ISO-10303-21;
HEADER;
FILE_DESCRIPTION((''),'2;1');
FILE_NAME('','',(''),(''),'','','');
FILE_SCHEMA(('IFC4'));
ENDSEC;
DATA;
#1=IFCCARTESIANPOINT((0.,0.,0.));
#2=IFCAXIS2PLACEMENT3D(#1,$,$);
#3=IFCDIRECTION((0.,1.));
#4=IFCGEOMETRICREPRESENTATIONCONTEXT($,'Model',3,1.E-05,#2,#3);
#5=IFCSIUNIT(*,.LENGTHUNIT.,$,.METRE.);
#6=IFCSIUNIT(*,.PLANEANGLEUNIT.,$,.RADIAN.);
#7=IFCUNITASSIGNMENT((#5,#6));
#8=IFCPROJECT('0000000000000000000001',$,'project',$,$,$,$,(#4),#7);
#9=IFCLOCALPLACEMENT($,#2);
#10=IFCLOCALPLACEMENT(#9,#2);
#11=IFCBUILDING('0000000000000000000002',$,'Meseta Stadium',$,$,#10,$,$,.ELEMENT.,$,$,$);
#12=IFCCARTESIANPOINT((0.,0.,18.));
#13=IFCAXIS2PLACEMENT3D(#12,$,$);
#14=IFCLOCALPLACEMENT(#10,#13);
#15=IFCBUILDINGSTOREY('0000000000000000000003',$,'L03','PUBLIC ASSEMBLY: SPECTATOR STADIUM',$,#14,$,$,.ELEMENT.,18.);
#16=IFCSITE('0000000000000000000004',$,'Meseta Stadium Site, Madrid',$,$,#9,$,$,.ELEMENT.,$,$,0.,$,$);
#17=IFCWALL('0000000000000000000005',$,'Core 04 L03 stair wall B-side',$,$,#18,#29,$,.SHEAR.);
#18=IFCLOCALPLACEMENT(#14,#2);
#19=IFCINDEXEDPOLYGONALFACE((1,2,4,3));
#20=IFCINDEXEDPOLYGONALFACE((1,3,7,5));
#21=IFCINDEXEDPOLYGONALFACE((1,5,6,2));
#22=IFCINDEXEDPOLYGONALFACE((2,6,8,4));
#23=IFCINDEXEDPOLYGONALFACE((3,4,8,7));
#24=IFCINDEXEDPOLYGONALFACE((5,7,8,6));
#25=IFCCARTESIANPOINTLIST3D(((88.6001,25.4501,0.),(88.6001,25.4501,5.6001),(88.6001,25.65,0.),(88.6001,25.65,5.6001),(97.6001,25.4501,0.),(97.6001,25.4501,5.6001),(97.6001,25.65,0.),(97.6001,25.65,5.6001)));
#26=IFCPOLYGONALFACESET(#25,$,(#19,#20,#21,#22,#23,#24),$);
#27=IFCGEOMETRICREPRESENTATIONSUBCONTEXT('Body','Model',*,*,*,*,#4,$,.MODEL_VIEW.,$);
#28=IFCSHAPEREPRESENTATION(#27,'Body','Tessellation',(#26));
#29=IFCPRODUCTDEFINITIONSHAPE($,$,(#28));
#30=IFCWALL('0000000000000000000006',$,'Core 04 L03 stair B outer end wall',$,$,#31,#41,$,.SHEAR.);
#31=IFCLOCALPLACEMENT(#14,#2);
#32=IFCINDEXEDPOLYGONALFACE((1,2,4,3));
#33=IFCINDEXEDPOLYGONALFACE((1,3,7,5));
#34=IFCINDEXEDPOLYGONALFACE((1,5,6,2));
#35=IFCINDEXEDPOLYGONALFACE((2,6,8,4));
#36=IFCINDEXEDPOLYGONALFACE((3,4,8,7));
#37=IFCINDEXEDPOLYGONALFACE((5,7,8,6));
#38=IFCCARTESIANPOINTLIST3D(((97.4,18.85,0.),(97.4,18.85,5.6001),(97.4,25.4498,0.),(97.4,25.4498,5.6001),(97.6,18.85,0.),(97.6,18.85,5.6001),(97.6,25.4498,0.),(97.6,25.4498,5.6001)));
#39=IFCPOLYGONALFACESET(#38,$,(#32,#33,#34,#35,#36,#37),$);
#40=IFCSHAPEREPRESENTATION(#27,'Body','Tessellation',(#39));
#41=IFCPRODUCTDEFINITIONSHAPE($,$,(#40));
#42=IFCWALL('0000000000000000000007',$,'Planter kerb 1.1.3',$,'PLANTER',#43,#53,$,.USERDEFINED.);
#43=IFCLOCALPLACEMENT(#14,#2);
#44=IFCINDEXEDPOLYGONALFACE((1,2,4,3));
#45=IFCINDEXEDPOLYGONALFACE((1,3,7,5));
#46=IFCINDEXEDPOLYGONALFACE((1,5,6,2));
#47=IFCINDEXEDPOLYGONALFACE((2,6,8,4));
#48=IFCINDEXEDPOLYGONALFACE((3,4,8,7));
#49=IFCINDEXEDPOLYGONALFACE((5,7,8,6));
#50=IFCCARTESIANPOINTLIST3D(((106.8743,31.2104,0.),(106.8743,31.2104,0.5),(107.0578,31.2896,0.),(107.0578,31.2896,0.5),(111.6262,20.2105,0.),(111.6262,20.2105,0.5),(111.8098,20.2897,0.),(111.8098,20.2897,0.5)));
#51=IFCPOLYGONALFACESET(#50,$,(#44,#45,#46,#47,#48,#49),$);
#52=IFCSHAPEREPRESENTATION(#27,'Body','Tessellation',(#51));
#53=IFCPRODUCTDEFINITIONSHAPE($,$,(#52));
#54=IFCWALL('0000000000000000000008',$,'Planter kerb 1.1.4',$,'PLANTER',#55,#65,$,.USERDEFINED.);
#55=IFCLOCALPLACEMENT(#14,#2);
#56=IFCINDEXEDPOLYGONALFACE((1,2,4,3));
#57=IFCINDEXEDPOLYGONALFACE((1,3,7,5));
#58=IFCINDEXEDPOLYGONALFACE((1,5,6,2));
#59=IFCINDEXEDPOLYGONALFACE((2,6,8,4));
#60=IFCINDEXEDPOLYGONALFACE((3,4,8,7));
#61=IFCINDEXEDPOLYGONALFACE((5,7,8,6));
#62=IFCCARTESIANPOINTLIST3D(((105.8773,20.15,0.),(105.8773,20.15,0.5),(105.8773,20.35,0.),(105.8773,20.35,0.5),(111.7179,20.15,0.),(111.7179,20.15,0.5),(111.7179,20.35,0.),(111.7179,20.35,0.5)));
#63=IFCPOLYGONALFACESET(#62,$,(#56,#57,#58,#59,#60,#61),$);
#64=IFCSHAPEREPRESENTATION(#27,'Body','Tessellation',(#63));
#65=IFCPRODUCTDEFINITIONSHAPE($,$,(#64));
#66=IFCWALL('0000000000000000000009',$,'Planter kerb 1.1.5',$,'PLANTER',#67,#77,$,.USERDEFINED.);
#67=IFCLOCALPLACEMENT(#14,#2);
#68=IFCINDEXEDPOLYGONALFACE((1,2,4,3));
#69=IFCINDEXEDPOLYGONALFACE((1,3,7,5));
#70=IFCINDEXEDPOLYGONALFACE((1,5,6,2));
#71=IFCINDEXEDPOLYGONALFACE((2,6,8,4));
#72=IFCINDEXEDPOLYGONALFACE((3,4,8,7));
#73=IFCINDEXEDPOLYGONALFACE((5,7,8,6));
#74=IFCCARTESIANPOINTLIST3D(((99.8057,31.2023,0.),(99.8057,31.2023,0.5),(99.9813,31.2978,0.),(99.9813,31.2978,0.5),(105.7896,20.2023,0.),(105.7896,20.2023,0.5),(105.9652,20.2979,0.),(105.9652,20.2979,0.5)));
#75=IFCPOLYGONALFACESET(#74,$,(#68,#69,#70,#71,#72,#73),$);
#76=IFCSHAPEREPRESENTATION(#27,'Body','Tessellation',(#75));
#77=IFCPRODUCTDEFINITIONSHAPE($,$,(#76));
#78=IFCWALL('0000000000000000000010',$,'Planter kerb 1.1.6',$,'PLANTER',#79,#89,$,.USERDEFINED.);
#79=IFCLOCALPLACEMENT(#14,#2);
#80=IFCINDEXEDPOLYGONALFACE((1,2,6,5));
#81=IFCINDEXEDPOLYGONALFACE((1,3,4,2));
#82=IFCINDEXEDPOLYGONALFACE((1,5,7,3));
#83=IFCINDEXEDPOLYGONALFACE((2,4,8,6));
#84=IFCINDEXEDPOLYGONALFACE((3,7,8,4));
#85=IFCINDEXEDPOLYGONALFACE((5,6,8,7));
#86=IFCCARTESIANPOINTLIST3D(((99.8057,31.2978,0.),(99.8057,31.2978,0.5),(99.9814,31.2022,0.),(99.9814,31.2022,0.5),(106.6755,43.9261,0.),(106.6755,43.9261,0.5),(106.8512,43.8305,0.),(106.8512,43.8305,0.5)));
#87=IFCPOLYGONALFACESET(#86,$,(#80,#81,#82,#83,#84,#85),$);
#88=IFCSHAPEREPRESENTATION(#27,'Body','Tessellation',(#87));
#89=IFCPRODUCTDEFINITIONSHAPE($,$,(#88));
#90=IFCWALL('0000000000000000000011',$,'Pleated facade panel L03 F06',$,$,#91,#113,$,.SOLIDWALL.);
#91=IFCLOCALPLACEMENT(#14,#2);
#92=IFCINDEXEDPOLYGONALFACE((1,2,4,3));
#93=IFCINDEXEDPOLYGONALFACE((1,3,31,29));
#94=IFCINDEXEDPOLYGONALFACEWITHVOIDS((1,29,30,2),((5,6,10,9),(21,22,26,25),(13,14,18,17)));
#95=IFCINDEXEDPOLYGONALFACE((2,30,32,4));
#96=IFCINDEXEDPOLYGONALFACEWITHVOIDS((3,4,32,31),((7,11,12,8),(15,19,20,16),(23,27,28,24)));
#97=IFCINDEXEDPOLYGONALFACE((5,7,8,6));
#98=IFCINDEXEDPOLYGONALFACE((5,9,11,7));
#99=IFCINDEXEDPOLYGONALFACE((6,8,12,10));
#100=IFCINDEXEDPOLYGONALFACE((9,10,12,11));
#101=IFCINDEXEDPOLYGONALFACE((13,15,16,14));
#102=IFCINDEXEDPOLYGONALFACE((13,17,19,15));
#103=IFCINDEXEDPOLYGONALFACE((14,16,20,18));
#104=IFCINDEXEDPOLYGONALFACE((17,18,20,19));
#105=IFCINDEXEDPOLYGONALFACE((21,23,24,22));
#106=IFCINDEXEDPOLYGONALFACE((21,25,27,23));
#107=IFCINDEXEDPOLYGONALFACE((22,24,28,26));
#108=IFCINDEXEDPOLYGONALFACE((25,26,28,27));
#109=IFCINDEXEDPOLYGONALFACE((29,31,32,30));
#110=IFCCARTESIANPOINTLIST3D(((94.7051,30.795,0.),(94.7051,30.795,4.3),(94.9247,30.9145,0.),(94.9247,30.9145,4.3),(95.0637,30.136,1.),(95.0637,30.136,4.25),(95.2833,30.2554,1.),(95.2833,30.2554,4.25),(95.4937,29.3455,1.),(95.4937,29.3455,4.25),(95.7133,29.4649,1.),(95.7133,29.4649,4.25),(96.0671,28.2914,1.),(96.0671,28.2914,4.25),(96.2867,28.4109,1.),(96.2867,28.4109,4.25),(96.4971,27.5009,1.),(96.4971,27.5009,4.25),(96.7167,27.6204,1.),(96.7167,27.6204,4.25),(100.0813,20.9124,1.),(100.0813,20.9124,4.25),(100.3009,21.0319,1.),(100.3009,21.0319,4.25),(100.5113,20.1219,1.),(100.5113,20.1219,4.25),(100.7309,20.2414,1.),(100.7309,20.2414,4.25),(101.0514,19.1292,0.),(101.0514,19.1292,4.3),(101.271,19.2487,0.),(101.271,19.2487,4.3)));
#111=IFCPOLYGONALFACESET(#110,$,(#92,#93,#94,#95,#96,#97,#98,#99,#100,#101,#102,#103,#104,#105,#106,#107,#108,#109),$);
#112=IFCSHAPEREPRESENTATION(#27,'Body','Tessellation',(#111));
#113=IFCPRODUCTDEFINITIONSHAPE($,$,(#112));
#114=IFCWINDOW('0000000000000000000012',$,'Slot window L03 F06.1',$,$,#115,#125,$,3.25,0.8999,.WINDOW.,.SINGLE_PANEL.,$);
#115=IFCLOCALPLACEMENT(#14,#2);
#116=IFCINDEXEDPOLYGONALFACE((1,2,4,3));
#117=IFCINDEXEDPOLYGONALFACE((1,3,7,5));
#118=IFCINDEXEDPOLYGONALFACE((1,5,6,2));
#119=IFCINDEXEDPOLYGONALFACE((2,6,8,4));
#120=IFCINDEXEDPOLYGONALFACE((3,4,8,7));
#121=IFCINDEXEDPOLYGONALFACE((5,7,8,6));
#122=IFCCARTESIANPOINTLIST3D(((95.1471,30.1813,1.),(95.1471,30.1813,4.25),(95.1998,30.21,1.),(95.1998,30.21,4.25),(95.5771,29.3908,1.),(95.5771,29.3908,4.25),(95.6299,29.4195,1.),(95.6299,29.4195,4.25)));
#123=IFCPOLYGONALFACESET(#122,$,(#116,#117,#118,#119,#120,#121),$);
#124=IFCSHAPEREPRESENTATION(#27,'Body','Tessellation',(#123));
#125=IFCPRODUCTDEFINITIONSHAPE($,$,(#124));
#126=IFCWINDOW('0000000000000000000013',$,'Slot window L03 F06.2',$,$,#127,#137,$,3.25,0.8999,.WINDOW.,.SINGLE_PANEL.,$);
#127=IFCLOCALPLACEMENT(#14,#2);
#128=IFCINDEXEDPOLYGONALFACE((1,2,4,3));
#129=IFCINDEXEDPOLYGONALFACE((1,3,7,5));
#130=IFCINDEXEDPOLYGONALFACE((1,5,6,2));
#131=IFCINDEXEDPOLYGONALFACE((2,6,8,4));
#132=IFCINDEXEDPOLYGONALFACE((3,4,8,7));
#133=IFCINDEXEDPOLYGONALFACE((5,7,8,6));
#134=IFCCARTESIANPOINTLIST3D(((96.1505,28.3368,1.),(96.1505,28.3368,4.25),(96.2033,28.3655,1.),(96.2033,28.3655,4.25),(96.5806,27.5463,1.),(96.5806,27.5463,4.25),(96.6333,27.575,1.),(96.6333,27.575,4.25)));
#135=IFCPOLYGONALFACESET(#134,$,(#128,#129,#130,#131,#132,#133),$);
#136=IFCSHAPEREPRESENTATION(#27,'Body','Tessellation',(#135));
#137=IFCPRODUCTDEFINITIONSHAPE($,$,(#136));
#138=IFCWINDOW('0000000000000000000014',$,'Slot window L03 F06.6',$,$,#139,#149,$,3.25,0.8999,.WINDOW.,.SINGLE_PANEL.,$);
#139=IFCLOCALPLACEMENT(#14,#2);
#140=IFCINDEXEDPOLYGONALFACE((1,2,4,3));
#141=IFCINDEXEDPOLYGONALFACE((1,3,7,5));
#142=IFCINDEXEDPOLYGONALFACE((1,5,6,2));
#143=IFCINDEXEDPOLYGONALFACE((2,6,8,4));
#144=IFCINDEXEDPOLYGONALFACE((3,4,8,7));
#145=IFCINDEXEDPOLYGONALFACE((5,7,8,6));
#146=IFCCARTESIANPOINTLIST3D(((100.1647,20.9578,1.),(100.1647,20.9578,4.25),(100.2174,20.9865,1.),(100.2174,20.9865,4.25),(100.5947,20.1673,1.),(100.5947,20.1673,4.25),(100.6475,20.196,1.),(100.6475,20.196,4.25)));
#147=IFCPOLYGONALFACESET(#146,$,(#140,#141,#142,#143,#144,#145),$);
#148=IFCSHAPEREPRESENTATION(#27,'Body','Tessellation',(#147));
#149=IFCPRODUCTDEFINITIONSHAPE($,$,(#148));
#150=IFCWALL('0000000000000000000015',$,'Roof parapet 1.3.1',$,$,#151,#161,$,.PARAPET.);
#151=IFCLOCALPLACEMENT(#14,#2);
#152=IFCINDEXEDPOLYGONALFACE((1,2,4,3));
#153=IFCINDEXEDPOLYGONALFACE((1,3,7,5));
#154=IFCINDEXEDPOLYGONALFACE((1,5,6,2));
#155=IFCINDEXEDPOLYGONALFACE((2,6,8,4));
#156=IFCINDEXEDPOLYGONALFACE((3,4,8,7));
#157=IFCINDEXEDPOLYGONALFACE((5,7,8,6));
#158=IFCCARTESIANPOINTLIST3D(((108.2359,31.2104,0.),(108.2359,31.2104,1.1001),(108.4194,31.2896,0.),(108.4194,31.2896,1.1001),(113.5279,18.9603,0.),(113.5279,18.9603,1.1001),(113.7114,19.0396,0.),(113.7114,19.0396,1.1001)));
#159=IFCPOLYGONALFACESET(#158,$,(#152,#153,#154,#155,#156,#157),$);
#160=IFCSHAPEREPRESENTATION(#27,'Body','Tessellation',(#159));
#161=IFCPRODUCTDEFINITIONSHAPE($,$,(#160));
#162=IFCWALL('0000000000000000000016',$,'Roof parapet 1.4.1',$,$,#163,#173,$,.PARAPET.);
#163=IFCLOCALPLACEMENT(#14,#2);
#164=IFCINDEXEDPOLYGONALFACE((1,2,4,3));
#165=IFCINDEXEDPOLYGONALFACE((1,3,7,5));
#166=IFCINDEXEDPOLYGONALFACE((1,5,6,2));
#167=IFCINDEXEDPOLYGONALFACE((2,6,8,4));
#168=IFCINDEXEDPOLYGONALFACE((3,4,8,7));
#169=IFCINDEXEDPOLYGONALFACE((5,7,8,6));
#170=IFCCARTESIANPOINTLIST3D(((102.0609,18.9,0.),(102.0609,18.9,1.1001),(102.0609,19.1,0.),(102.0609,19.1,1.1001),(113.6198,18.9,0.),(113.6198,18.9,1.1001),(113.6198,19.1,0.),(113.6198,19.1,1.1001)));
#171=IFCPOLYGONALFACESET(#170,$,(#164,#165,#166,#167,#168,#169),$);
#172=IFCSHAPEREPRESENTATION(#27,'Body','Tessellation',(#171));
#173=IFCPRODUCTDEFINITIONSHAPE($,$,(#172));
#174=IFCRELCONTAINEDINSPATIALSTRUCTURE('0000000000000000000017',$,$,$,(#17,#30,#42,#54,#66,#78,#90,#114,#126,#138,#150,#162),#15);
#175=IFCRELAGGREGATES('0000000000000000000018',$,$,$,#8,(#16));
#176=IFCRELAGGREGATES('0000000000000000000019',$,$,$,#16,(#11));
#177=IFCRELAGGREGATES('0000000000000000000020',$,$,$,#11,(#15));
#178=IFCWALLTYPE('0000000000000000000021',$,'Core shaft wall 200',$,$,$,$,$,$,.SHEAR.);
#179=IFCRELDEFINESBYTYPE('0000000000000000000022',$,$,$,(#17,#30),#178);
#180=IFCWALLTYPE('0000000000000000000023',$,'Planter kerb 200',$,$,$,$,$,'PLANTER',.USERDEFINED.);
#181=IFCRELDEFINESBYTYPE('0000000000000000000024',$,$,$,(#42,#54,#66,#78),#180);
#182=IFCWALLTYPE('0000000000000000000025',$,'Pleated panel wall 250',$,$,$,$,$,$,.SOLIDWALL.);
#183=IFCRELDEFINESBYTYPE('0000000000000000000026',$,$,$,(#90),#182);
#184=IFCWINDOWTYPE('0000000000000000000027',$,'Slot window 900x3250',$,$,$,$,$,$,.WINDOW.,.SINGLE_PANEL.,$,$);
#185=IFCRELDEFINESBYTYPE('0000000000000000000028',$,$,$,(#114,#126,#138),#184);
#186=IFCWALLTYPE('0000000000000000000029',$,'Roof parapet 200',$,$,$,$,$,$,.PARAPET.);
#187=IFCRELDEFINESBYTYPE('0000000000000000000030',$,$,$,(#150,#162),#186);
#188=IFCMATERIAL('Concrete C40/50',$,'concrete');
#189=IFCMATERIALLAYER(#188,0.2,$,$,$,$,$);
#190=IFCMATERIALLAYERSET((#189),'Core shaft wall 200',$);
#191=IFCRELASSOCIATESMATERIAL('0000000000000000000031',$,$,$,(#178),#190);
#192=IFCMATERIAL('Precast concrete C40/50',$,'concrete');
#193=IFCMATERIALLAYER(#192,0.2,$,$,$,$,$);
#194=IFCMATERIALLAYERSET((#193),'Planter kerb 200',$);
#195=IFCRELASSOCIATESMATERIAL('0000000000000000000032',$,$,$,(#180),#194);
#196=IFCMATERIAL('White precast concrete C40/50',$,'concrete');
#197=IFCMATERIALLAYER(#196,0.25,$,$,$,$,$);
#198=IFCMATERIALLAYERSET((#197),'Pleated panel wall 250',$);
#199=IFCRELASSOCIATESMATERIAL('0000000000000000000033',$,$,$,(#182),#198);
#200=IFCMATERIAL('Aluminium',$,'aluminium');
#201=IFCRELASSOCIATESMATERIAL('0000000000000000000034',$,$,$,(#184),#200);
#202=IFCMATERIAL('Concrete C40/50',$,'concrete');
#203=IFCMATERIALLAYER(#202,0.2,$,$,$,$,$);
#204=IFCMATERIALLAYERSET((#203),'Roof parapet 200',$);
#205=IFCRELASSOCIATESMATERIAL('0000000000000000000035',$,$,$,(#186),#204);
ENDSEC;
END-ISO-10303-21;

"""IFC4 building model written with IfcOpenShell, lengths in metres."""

from ifc_helpers import new_model, si_unit, direction, frame, frame_2d, origin, place, context, subcontext, project, spatial, rectangle, extrude, material, layer, layer_set, type_object, element, fill, save


model = new_model("IFC4")

# Units and contexts
model_context = context("Model", 3, precision=1e-05, world=origin(), true_north=direction((0.0, 1.0)))
body_context = subcontext(model_context, "Body", "Model", "MODEL_VIEW")
ifc_project = project(units=[si_unit("LENGTHUNIT", "METRE"), si_unit("PLANEANGLEUNIT", "RADIAN")], contexts=[model_context])

# Site, building, storey
site_placement = place(None, origin())
site = spatial("IfcSite", under=ifc_project, at=site_placement, Name="Meseta Stadium Site, Madrid", CompositionType="ELEMENT", RefElevation=0.0)
building_placement = place(site_placement, origin())
building = spatial("IfcBuilding", under=site, at=building_placement, Name="Meseta Stadium", CompositionType="ELEMENT")
storey_placement = place(building_placement, frame((0.0, 0.0, 18.0)))
storey = spatial("IfcBuildingStorey", under=building, at=storey_placement, Name="L03", Description="PUBLIC ASSEMBLY: SPECTATOR STADIUM", CompositionType="ELEMENT", Elevation=18.0)

# Walls
ifc_material_1 = material(Name="Concrete C40/50", Category="concrete")
ifc_layer_1 = layer(ifc_material_1, 0.2)
ifc_layer_set_1 = layer_set([ifc_layer_1], Name="Core shaft wall 200")
wall_type_1 = type_object("IfcWallType", Name="Core shaft wall 200", PredefinedType="SHEAR", material=ifc_layer_set_1)
wall_1_placement = place(storey_placement, frame((97.6001, 25.55, 0.0), z_axis=(0.0, 0.0, 1.0), x_axis=(-1.0, 0.0, 0.0)))
element("IfcWall", 1, at=wall_1_placement, inside=storey, type_object=wall_type_1, Name="Core 04 L03 stair wall B-side", PredefinedType="SHEAR", context=body_context, shape_type="SweptSolid", body=[
    extrude(rectangle(XDim=9.0, YDim=0.2, at=frame_2d((4.5, 0.0))), origin(), (0.0, 0.0, 1.0), 5.6001),
])
wall_2_placement = place(storey_placement, frame((97.5, 18.8501, 0.0), z_axis=(0.0, 0.0, 1.0), x_axis=(0.0, 1.0, 0.0)))
element("IfcWall", 2, at=wall_2_placement, inside=storey, type_object=wall_type_1, Name="Core 04 L03 stair B outer end wall", PredefinedType="SHEAR", context=body_context, shape_type="SweptSolid", body=[
    extrude(rectangle(XDim=6.5999, YDim=0.2, at=frame_2d((3.2998, 0.0))), origin(), (0.0, 0.0, 1.0), 5.6001),
])
ifc_material_2 = material(Name="Precast concrete C40/50", Category="concrete")
ifc_layer_2 = layer(ifc_material_2, 0.2)
ifc_layer_set_2 = layer_set([ifc_layer_2], Name="Planter kerb 200")
wall_type_2 = type_object("IfcWallType", Name="Planter kerb 200", ElementType="PLANTER", PredefinedType="USERDEFINED", material=ifc_layer_set_2)
wall_3_placement = place(storey_placement, frame((106.9661, 31.25, 0.0), z_axis=(0.0, 0.0, 1.0), x_axis=(0.396573, -0.918003, 0.0)))
element("IfcWall", 3, at=wall_3_placement, inside=storey, type_object=wall_type_2, Name="Planter kerb 1.1.3", ObjectType="PLANTER", PredefinedType="USERDEFINED", context=body_context, shape_type="SweptSolid", body=[
    extrude(rectangle(XDim=11.9824, YDim=0.2, at=frame_2d((5.9912, 0.0))), origin(), (0.0, 0.0, 1.0), 0.5),
])
wall_4_placement = place(storey_placement, frame((111.718, 20.25, 0.0), z_axis=(0.0, 0.0, 1.0), x_axis=(-1.0, 0.0, 0.0)))
element("IfcWall", 4, at=wall_4_placement, inside=storey, type_object=wall_type_2, Name="Planter kerb 1.1.4", ObjectType="PLANTER", PredefinedType="USERDEFINED", context=body_context, shape_type="SweptSolid", body=[
    extrude(rectangle(XDim=5.8406, YDim=0.2, at=frame_2d((2.9204, 0.0))), origin(), (0.0, 0.0, 1.0), 0.5),
])
wall_5_placement = place(storey_placement, frame((105.8774, 20.25, 0.0), z_axis=(0.0, 0.0, 1.0), x_axis=(-0.47786, 0.878436, 0.0)))
element("IfcWall", 5, at=wall_5_placement, inside=storey, type_object=wall_type_2, Name="Planter kerb 1.1.5", ObjectType="PLANTER", PredefinedType="USERDEFINED", context=body_context, shape_type="SweptSolid", body=[
    extrude(rectangle(XDim=12.5222, YDim=0.2, at=frame_2d((6.2612, 0.0))), origin(), (0.0, 0.0, 1.0), 0.5),
])
wall_6_placement = place(storey_placement, frame((99.8936, 31.25, 0.0), z_axis=(0.0, 0.0, 1.0), x_axis=(0.477868, 0.878432, 0.0)))
element("IfcWall", 6, at=wall_6_placement, inside=storey, type_object=wall_type_2, Name="Planter kerb 1.1.6", ObjectType="PLANTER", PredefinedType="USERDEFINED", context=body_context, shape_type="SweptSolid", body=[
    extrude(rectangle(XDim=14.376, YDim=0.2, at=frame_2d((7.188, 0.0))), origin(), (0.0, 0.0, 1.0), 0.5),
])

# Wall, openings, windows
ifc_material_3 = material(Name="White precast concrete C40/50", Category="concrete")
ifc_layer_3 = layer(ifc_material_3, 0.25)
ifc_layer_set_3 = layer_set([ifc_layer_3], Name="Pleated panel wall 250")
wall_type_3 = type_object("IfcWallType", Name="Pleated panel wall 250", PredefinedType="SOLIDWALL", material=ifc_layer_set_3)
wall_7_placement = place(storey_placement, frame((94.8149, 30.8547, 0.0), z_axis=(0.0, 0.0, 1.0), x_axis=(0.477868, -0.878432, 0.0)))
wall_7 = element("IfcWall", 7, at=wall_7_placement, inside=storey, type_object=wall_type_3, Name="Pleated facade panel L03 F06", PredefinedType="SOLIDWALL", context=body_context, shape_type="SweptSolid", body=[
    extrude(rectangle(XDim=13.2803, YDim=0.25, at=frame_2d((6.6401, 0.0))), origin(), (0.0, 0.0, 1.0), 4.3),
])
opening_1_placement = place(wall_7_placement, frame((0.7502, 0.0, 1.0)))
opening_1 = element("IfcOpeningElement", 8, at=opening_1_placement, cuts=wall_7, PredefinedType="OPENING", context=body_context, shape_type="SweptSolid", body=[
    extrude(rectangle(XDim=0.8999, YDim=3.25, at=frame_2d((0.45, 1.625))), frame((0.0, 0.135, 0.0), z_axis=(0.0, -1.0, 0.0), x_axis=(1.0, 0.0, 0.0)), (0.0, 0.0, 1.0), 0.27),
])
opening_2_placement = place(wall_7_placement, frame((2.8501, 0.0, 1.0)))
opening_2 = element("IfcOpeningElement", 9, at=opening_2_placement, cuts=wall_7, PredefinedType="OPENING", context=body_context, shape_type="SweptSolid", body=[
    extrude(rectangle(XDim=0.8999, YDim=3.25, at=frame_2d((0.45, 1.625))), frame((0.0, 0.135, 0.0), z_axis=(0.0, -1.0, 0.0), x_axis=(1.0, 0.0, 0.0)), (0.0, 0.0, 1.0), 0.27),
])
opening_3_placement = place(wall_7_placement, frame((11.2502, 0.0, 1.0)))
opening_3 = element("IfcOpeningElement", 10, at=opening_3_placement, cuts=wall_7, PredefinedType="OPENING", context=body_context, shape_type="SweptSolid", body=[
    extrude(rectangle(XDim=0.8999, YDim=3.25, at=frame_2d((0.45, 1.625))), frame((0.0, 0.135, 0.0), z_axis=(0.0, -1.0, 0.0), x_axis=(1.0, 0.0, 0.0)), (0.0, 0.0, 1.0), 0.27),
])
ifc_material_4 = material(Name="Aluminium", Category="aluminium")
window_type = type_object("IfcWindowType", Name="Slot window 900x3250", PartitioningType="SINGLE_PANEL", PredefinedType="WINDOW", material=ifc_material_4)
window_1_placement = place(opening_1_placement, origin())
window_1 = element("IfcWindow", 11, at=window_1_placement, inside=storey, type_object=window_type, Name="Slot window L03 F06.1", OverallHeight=3.25, OverallWidth=0.8999, PartitioningType="SINGLE_PANEL", PredefinedType="WINDOW", context=body_context, shape_type="SweptSolid", body=[
    extrude(rectangle(XDim=0.8999, YDim=3.25, at=frame_2d((0.45, 1.625))), frame((0.0, 0.03, 0.0), z_axis=(0.0, -1.0, 0.0), x_axis=(1.0, 0.0, 0.0)), (0.0, 0.0, 1.0), 0.0601),
])
fill(opening_1, window_1)
window_2_placement = place(opening_2_placement, origin())
window_2 = element("IfcWindow", 12, at=window_2_placement, inside=storey, type_object=window_type, Name="Slot window L03 F06.2", OverallHeight=3.25, OverallWidth=0.8999, PartitioningType="SINGLE_PANEL", PredefinedType="WINDOW", context=body_context, shape_type="SweptSolid", body=[
    extrude(rectangle(XDim=0.8999, YDim=3.25, at=frame_2d((0.45, 1.625))), frame((0.0, 0.03, 0.0), z_axis=(0.0, -1.0, 0.0), x_axis=(1.0, 0.0, 0.0)), (0.0, 0.0, 1.0), 0.0601),
])
fill(opening_2, window_2)
window_3_placement = place(opening_3_placement, origin())
window_3 = element("IfcWindow", 13, at=window_3_placement, inside=storey, type_object=window_type, Name="Slot window L03 F06.6", OverallHeight=3.25, OverallWidth=0.8999, PartitioningType="SINGLE_PANEL", PredefinedType="WINDOW", context=body_context, shape_type="SweptSolid", body=[
    extrude(rectangle(XDim=0.8999, YDim=3.25, at=frame_2d((0.45, 1.625))), frame((0.0, 0.03, 0.0), z_axis=(0.0, -1.0, 0.0), x_axis=(1.0, 0.0, 0.0)), (0.0, 0.0, 1.0), 0.0601),
])
fill(opening_3, window_3)

# Walls
ifc_material_5 = material(Name="Concrete C40/50", Category="concrete")
ifc_layer_4 = layer(ifc_material_5, 0.2)
ifc_layer_set_4 = layer_set([ifc_layer_4], Name="Roof parapet 200")
wall_type_4 = type_object("IfcWallType", Name="Roof parapet 200", PredefinedType="PARAPET", material=ifc_layer_set_4)
wall_8_placement = place(storey_placement, frame((108.3276, 31.25, 0.0), z_axis=(0.0, 0.0, 1.0), x_axis=(0.396576, -0.918002, 0.0)))
element("IfcWall", 14, at=wall_8_placement, inside=storey, type_object=wall_type_4, Name="Roof parapet 1.3.1", PredefinedType="PARAPET", context=body_context, shape_type="SweptSolid", body=[
    extrude(rectangle(XDim=13.3442, YDim=0.2, at=frame_2d((6.6721, 0.0))), origin(), (0.0, 0.0, 1.0), 1.1001),
])
wall_9_placement = place(storey_placement, frame((113.6196, 19.0, 0.0), z_axis=(0.0, 0.0, 1.0), x_axis=(-1.0, 0.0, 0.0)))
element("IfcWall", 15, at=wall_9_placement, inside=storey, type_object=wall_type_4, Name="Roof parapet 1.4.1", PredefinedType="PARAPET", context=body_context, shape_type="SweptSolid", body=[
    extrude(rectangle(XDim=11.5588, YDim=0.2, at=frame_2d((5.7793, 0.0))), origin(), (0.0, 0.0, 1.0), 1.1001),
])

save(model, "model.ifc")
